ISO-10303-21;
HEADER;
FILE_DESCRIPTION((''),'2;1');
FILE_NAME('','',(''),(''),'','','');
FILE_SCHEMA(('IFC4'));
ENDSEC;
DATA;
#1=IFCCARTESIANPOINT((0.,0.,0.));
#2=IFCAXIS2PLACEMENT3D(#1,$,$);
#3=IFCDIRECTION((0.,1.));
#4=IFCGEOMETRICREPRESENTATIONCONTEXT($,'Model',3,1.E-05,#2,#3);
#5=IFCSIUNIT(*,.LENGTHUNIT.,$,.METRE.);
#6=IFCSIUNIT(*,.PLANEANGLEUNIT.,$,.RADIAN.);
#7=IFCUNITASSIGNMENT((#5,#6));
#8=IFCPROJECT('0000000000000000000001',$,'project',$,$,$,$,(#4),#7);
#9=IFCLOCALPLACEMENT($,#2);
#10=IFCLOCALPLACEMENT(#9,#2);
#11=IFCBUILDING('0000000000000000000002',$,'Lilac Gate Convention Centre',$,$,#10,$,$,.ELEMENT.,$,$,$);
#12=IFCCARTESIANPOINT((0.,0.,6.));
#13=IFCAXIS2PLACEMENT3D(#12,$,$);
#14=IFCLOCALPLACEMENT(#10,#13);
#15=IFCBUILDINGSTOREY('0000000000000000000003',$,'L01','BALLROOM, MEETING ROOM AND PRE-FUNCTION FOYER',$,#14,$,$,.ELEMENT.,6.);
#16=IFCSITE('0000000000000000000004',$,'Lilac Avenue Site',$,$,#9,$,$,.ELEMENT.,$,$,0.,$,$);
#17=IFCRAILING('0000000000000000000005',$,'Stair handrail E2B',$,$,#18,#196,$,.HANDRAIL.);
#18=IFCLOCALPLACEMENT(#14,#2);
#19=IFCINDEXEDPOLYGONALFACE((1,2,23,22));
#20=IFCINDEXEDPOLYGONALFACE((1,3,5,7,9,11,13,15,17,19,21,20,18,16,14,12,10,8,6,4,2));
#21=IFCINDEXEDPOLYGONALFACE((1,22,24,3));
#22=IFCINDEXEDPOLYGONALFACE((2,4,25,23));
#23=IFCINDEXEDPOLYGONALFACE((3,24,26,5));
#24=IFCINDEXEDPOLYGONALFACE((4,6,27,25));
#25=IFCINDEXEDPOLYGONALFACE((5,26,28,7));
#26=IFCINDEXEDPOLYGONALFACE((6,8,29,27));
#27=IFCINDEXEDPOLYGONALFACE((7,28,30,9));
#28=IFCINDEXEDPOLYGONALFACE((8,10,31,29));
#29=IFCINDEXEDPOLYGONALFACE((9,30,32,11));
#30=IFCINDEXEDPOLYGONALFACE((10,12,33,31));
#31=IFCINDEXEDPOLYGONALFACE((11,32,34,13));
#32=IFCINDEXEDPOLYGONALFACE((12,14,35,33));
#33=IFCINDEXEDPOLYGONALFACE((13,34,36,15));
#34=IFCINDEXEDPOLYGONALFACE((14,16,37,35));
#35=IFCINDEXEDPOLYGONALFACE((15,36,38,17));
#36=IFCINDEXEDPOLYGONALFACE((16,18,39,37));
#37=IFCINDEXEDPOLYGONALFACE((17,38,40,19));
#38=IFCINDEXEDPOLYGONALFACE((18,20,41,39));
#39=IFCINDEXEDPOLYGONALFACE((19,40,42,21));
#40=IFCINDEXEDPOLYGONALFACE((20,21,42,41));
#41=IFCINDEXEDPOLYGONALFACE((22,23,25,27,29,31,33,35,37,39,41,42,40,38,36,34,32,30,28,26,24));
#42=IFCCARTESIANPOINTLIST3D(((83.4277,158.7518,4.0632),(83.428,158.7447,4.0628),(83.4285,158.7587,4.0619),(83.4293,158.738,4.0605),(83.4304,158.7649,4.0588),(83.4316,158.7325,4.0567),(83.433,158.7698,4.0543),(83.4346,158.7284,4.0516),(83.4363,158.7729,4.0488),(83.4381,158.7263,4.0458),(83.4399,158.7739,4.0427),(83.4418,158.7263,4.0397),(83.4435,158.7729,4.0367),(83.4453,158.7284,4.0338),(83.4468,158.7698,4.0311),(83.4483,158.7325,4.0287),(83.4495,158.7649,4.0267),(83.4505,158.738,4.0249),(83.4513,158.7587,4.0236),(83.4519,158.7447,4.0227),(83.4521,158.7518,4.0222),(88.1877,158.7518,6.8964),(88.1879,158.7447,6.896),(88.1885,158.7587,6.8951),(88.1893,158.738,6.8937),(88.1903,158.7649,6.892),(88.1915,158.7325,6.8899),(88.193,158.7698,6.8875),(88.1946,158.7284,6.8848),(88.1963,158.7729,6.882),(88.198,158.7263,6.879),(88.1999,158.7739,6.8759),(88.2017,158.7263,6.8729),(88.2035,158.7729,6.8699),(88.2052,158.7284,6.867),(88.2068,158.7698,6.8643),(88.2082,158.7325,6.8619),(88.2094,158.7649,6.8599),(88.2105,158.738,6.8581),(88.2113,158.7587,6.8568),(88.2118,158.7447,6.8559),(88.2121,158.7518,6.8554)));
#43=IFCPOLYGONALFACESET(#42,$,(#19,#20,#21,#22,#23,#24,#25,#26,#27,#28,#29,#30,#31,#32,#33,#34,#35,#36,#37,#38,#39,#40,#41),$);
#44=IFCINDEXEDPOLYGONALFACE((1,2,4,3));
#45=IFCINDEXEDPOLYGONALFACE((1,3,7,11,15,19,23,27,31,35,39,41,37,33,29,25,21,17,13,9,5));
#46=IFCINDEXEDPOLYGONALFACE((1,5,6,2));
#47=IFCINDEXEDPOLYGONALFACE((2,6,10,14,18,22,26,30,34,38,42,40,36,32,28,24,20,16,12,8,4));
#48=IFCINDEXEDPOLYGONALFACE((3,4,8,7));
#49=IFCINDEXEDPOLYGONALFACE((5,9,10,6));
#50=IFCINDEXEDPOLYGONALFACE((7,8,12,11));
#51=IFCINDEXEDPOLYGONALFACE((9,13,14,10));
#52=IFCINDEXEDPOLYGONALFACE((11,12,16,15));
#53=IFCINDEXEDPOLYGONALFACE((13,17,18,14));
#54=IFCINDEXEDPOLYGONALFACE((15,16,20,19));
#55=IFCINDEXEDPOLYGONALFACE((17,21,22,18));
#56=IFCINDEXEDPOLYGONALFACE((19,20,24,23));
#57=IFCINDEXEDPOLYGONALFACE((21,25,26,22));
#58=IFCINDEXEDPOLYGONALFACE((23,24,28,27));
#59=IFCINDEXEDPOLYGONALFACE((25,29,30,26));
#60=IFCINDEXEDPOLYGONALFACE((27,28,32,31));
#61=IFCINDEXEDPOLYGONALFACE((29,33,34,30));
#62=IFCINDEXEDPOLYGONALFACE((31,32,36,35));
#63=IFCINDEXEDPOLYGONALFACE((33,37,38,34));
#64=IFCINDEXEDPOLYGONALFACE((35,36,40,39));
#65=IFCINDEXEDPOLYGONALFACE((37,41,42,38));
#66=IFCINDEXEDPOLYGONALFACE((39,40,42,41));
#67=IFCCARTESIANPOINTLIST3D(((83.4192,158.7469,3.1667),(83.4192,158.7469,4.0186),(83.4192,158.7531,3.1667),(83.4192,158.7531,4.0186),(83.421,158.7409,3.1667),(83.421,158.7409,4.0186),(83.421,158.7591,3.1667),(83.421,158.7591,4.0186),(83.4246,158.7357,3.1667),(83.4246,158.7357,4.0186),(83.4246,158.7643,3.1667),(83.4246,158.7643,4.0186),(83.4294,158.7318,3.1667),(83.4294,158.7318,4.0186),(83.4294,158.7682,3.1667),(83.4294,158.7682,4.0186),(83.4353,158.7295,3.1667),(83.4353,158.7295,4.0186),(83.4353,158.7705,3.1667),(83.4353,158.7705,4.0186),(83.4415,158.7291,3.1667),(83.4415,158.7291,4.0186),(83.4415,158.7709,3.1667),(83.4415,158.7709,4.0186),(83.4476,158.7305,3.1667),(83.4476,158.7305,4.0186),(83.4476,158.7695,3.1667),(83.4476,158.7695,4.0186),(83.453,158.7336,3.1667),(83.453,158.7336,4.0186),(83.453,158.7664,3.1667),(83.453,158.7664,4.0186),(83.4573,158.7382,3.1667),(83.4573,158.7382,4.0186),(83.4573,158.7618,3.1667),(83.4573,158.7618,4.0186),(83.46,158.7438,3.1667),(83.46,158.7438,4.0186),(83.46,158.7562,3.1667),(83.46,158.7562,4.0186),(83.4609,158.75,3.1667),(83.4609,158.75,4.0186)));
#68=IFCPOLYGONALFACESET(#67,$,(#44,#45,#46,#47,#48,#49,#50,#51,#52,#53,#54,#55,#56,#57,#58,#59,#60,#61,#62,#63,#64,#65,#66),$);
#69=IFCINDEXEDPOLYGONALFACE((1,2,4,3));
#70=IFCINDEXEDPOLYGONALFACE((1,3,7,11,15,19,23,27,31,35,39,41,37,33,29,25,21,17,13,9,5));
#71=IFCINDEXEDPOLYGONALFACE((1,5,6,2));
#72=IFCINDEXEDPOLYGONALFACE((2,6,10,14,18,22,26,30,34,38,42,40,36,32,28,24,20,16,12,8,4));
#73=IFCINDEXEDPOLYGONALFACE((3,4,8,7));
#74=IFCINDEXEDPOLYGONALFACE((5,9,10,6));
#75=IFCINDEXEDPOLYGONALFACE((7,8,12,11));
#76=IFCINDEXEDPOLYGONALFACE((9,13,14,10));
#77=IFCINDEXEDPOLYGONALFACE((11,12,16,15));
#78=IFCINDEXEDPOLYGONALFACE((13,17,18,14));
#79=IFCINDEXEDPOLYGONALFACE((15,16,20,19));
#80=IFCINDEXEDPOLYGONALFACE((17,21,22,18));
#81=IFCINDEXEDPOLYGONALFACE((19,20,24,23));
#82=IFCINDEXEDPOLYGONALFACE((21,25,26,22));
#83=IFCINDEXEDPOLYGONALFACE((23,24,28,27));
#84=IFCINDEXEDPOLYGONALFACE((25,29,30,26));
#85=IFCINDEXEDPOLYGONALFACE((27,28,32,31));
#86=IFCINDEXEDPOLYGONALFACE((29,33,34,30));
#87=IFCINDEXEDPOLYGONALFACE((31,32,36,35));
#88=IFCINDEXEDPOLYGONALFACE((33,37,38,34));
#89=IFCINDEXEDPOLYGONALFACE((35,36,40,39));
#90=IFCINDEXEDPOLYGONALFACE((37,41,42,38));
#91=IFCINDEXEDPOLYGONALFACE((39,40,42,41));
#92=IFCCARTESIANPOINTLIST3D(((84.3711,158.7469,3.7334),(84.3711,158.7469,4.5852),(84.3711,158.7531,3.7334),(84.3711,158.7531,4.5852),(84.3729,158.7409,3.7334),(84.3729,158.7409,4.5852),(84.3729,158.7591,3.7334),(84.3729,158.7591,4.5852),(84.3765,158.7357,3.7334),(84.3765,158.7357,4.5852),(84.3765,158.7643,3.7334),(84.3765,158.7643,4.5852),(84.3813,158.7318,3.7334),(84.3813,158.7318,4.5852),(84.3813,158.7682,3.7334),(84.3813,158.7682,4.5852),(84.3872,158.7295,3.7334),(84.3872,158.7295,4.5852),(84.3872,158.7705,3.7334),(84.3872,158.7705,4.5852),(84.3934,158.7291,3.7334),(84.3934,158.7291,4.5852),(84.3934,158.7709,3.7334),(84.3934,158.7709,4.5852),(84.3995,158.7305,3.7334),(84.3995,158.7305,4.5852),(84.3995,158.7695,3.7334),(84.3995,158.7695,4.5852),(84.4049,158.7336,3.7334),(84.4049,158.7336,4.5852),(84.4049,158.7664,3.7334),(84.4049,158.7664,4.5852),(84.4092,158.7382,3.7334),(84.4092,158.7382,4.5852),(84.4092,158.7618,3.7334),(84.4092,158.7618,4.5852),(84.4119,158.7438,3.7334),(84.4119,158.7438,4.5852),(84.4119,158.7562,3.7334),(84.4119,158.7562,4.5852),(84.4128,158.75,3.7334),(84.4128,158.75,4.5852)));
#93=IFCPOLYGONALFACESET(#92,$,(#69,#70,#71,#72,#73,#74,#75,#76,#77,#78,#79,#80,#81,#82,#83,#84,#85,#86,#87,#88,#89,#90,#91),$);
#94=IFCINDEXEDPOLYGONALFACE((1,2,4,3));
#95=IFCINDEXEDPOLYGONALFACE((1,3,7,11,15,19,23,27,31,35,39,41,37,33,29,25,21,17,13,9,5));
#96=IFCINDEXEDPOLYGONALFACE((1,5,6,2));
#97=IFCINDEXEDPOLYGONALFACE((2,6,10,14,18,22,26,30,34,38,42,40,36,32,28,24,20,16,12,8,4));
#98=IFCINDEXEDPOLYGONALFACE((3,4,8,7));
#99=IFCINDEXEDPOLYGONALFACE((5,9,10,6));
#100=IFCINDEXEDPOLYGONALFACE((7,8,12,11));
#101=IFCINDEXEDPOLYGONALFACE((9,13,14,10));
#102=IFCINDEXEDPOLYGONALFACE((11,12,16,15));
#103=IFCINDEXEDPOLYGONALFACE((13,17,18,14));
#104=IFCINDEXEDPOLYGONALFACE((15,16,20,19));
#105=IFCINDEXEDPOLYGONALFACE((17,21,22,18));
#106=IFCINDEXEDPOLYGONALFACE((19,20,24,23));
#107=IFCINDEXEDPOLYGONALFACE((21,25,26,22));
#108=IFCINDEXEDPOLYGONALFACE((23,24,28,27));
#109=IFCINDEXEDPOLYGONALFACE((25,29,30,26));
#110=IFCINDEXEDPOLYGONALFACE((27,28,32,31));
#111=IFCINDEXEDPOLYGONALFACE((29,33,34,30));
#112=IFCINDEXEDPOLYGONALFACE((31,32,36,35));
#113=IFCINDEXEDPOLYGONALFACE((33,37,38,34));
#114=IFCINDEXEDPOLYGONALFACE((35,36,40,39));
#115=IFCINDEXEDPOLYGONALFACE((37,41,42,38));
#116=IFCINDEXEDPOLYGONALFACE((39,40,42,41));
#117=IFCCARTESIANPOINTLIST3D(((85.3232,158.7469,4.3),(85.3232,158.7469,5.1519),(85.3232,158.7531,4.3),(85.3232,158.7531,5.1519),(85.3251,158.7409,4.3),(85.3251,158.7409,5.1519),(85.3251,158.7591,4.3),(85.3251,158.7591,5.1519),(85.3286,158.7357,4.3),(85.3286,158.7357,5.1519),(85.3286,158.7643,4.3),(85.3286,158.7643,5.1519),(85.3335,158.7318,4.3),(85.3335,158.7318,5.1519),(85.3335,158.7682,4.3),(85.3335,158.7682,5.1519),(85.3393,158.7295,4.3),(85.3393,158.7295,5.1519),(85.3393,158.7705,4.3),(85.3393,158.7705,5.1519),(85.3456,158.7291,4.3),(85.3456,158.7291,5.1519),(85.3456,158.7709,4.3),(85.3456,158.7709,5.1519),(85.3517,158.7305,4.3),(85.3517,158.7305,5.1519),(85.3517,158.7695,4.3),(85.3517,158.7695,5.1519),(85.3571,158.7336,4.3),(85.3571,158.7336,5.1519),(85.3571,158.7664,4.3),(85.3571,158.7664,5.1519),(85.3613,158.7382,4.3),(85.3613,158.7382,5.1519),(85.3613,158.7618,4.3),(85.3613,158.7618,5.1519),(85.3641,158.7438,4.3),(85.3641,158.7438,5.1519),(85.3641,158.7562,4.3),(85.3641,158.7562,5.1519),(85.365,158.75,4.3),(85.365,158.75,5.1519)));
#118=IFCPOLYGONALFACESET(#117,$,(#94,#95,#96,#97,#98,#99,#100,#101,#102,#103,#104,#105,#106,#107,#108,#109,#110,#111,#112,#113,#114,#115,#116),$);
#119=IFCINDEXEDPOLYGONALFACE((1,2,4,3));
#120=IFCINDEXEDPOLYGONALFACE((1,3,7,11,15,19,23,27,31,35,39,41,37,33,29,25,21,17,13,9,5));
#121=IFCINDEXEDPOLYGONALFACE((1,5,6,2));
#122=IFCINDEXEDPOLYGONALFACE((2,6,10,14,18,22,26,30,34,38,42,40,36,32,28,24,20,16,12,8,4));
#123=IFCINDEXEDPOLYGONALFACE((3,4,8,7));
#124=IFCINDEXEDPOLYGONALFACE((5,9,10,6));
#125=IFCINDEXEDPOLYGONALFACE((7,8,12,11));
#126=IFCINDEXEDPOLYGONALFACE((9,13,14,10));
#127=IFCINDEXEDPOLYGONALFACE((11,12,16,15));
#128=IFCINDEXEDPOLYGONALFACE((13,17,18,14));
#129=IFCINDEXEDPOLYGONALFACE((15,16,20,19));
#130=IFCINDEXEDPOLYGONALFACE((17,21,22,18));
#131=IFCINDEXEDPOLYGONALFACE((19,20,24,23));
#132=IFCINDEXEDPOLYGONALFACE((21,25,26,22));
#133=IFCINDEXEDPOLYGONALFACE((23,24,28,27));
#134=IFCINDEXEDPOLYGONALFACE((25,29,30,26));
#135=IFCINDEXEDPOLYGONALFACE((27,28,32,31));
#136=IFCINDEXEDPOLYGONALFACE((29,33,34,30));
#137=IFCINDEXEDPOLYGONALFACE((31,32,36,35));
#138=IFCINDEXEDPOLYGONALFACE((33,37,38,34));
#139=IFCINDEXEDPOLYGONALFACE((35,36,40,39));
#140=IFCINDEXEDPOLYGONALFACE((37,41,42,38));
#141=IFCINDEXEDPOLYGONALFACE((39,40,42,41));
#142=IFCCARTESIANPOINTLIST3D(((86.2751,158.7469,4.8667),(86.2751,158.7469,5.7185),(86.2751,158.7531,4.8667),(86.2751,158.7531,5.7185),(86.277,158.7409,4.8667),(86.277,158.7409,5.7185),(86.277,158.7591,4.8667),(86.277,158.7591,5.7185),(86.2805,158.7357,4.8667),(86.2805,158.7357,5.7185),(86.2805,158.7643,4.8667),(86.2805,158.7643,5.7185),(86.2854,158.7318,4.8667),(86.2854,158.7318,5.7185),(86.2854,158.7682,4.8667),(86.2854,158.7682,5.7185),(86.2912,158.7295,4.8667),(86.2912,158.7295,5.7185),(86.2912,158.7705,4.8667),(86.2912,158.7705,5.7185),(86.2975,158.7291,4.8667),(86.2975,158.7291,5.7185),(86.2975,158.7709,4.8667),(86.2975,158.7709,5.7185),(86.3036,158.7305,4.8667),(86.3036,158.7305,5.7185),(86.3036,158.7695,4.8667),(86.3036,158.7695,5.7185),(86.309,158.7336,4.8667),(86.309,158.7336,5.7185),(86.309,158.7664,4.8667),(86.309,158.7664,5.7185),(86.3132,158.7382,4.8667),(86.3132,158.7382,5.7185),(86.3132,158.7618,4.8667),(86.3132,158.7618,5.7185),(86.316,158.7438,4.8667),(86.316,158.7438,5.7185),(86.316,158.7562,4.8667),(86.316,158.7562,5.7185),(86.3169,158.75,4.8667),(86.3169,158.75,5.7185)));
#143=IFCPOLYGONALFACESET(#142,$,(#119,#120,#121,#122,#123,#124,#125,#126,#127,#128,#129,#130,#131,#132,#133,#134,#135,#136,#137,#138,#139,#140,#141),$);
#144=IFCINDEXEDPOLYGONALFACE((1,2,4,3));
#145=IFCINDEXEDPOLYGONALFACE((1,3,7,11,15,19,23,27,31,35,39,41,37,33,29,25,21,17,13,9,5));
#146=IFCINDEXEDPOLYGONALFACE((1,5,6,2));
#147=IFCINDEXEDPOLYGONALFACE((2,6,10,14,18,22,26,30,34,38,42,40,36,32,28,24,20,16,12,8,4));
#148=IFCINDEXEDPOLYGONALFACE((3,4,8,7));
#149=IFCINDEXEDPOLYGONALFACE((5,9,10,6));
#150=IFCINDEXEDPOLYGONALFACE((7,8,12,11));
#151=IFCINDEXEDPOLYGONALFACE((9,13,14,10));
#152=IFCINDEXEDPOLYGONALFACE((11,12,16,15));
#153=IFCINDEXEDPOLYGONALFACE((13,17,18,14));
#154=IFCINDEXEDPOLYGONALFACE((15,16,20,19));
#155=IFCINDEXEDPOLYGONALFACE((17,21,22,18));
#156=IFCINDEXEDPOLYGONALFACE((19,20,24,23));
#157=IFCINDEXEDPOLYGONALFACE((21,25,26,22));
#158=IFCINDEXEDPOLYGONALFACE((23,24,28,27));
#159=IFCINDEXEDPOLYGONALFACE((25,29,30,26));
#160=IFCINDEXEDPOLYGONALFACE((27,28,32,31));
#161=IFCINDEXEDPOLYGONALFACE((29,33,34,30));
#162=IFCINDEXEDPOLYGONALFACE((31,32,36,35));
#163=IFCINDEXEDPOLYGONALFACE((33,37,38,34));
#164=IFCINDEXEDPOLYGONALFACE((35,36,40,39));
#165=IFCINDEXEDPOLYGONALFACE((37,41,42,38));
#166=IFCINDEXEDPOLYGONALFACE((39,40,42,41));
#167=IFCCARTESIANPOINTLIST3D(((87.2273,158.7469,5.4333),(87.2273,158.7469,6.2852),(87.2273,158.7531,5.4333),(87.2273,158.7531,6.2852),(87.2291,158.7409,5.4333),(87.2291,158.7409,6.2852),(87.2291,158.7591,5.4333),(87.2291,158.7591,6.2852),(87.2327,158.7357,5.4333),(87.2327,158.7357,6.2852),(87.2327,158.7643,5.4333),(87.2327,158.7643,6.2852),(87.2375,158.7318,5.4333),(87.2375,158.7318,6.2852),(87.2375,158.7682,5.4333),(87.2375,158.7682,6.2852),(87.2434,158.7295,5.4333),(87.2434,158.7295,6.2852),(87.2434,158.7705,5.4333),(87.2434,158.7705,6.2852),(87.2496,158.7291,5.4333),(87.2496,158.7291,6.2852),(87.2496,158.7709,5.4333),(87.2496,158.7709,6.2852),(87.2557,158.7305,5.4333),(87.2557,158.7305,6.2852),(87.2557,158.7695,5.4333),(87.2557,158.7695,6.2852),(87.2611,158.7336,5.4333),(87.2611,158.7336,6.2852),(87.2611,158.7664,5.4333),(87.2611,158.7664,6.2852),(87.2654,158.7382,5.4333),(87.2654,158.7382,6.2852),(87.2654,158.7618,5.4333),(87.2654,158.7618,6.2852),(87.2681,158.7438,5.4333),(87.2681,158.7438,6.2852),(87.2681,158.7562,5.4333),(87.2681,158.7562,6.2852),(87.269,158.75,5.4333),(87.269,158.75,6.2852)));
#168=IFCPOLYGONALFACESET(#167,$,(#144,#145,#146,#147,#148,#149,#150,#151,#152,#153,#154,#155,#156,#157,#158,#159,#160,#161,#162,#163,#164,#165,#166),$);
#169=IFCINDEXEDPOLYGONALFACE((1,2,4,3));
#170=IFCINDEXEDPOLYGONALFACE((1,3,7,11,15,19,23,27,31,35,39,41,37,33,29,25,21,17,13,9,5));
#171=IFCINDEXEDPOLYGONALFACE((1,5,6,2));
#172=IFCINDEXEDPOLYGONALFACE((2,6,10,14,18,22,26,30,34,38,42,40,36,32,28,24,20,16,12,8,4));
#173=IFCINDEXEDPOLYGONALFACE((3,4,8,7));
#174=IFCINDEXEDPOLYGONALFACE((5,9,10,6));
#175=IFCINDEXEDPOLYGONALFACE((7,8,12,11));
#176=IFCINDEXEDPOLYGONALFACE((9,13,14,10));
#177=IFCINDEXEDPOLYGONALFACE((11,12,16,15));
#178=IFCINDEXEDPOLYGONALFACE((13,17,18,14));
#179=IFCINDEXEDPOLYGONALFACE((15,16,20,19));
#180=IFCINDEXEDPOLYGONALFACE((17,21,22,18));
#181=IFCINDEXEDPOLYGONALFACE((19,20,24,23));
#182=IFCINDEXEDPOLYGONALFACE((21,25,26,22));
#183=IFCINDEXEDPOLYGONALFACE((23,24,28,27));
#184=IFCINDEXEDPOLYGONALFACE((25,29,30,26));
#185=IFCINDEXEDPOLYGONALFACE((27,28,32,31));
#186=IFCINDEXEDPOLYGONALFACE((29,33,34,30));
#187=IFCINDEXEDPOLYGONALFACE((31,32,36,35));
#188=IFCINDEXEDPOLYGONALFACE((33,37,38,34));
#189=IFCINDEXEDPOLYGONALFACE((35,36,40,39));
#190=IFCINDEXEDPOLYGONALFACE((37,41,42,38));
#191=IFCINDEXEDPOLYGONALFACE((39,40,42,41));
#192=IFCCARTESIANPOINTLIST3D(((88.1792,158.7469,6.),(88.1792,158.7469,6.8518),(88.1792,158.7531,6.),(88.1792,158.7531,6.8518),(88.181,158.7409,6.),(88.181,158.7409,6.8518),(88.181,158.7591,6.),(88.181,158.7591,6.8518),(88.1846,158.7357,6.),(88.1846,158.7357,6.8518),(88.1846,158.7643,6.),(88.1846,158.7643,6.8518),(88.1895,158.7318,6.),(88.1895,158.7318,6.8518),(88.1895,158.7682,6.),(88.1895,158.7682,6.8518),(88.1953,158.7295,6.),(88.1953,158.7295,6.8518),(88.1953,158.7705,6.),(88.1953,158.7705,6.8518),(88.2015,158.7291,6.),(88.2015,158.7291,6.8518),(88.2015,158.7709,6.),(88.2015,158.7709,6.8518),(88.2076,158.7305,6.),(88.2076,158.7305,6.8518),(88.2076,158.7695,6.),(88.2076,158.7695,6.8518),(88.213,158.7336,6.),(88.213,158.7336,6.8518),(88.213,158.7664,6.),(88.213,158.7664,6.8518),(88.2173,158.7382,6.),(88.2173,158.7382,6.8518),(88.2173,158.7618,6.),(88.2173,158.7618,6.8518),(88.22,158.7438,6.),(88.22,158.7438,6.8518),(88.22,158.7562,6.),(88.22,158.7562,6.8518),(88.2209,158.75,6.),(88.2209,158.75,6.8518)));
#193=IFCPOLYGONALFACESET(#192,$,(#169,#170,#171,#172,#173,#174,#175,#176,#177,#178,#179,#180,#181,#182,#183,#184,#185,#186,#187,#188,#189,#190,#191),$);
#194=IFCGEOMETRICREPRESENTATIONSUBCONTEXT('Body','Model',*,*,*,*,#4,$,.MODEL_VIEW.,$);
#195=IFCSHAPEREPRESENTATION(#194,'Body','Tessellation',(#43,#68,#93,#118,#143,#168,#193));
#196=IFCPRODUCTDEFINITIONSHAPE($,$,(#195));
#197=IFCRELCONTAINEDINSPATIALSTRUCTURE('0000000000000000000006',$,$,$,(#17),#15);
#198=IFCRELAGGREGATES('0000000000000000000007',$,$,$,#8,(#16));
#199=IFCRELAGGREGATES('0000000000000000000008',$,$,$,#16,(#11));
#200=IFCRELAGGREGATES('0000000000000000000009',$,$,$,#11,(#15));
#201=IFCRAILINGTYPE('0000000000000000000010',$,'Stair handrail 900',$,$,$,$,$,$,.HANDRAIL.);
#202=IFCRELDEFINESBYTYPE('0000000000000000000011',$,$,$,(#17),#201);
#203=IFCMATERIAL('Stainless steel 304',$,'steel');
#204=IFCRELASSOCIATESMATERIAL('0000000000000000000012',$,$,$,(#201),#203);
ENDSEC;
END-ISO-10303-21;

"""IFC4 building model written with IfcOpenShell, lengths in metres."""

from ifc_helpers import new_model, si_unit, direction, frame, origin, origin_2d, place, context, subcontext, project, spatial, circle, extrude, material, type_object, element, save


model = new_model("IFC4")

# Units and contexts
model_context = context("Model", 3, precision=1e-05, world=origin(), true_north=direction((0.0, 1.0)))
body_context = subcontext(model_context, "Body", "Model", "MODEL_VIEW")
ifc_project = project(units=[si_unit("LENGTHUNIT", "METRE"), si_unit("PLANEANGLEUNIT", "RADIAN")], contexts=[model_context])

# Site, building, storey
site_placement = place(None, origin())
site = spatial("IfcSite", under=ifc_project, at=site_placement, Name="Lilac Avenue Site", CompositionType="ELEMENT", RefElevation=0.0)
building_placement = place(site_placement, origin())
building = spatial("IfcBuilding", under=site, at=building_placement, Name="Lilac Gate Convention Centre", CompositionType="ELEMENT")
storey_placement = place(building_placement, frame((0.0, 0.0, 6.0)))
storey = spatial("IfcBuildingStorey", under=building, at=storey_placement, Name="L01", Description="BALLROOM, MEETING ROOM AND PRE-FUNCTION FOYER", CompositionType="ELEMENT", Elevation=6.0)

# Railing
ifc_material_1 = material(Name="Stainless steel 304", Category="steel")
railing_type = type_object("IfcRailingType", Name="Stair handrail 900", PredefinedType="HANDRAIL", material=ifc_material_1)
for number, where, name in (
    (1, (83.4399, 158.75, 3.1667), "Stair handrail E2B"),
):
    element("IfcRailing", number, at=place(storey_placement, frame(where)), inside=storey, type_object=railing_type, Name=name, PredefinedType="HANDRAIL", context=body_context, shape_type="SweptSolid", body=[
        extrude(circle(Radius=0.0239, at=origin_2d()), frame((0.0, 0.0, 0.876), z_axis=(0.8593, 0.0, 0.511472), x_axis=(0.0, 1.0, 0.0)), (0.0, 0.0, 1.0), 5.5393),
        extrude(circle(Radius=0.021, at=origin_2d()), origin(), (0.0, 0.0, 1.0), 0.8518),
        extrude(circle(Radius=0.021, at=origin_2d()), frame((0.9519, 0.0, 0.5667)), (0.0, 0.0, 1.0), 0.8518),
        extrude(circle(Radius=0.021, at=origin_2d()), frame((1.9041, 0.0, 1.1333)), (0.0, 0.0, 1.0), 0.8518),
        extrude(circle(Radius=0.021, at=origin_2d()), frame((2.856, 0.0, 1.7)), (0.0, 0.0, 1.0), 0.8518),
        extrude(circle(Radius=0.021, at=origin_2d()), frame((3.8081, 0.0, 2.2666)), (0.0, 0.0, 1.0), 0.8518),
        extrude(circle(Radius=0.021, at=origin_2d()), frame((4.76, 0.0, 2.8333)), (0.0, 0.0, 1.0), 0.8518),
    ])

save(model, "model.ifc")
